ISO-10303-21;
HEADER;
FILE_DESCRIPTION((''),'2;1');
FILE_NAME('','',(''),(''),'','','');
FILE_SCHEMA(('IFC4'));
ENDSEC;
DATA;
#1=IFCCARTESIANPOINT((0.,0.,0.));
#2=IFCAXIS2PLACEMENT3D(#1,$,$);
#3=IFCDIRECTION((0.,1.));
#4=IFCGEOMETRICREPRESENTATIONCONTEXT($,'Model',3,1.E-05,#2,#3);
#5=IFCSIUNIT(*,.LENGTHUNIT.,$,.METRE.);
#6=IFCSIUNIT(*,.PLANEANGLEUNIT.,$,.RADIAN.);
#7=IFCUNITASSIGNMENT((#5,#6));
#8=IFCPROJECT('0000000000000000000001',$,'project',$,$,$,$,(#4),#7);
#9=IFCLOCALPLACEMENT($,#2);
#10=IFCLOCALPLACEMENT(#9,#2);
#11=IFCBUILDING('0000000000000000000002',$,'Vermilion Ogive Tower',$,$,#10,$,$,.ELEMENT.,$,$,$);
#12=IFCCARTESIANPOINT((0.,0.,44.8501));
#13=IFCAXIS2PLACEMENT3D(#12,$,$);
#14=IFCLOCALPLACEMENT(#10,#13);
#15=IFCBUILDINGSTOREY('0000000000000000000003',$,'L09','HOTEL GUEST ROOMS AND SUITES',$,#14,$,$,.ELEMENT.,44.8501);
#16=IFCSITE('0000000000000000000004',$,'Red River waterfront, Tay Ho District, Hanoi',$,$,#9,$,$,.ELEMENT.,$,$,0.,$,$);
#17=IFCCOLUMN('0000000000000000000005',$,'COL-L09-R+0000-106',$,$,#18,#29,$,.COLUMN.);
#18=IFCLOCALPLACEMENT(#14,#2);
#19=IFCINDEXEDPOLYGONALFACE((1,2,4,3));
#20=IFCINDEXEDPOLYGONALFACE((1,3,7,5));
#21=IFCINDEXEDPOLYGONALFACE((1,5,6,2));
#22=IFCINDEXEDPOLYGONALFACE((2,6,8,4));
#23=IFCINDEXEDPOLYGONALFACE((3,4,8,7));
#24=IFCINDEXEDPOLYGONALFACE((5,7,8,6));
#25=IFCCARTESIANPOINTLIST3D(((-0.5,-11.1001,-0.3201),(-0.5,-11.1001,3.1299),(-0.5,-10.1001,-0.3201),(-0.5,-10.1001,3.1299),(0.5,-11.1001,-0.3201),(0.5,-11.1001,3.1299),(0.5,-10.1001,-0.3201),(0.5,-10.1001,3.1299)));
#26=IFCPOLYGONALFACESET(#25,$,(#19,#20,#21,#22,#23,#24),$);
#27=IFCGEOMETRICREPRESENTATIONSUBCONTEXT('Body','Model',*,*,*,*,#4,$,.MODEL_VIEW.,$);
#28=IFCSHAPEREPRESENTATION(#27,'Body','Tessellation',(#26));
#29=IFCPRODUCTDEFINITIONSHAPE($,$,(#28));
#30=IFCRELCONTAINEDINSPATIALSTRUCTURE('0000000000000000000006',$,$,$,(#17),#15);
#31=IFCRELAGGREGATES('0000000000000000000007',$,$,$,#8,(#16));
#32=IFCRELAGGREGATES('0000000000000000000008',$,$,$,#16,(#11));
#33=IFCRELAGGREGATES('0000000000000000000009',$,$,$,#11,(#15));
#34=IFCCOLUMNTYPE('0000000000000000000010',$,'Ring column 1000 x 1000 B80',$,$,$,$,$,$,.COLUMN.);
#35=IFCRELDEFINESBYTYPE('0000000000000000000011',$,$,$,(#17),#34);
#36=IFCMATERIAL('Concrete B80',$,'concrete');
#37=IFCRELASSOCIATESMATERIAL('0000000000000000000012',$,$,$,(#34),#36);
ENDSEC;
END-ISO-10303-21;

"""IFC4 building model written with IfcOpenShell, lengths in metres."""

from ifc_helpers import new_model, si_unit, direction, frame, origin, origin_2d, place, context, subcontext, project, spatial, rectangle, extrude, material, material_profile, profile_set, type_object, element, save


model = new_model("IFC4")

# Units and contexts
model_context = context("Model", 3, precision=1e-05, world=origin(), true_north=direction((0.0, 1.0)))
body_context = subcontext(model_context, "Body", "Model", "MODEL_VIEW")
ifc_project = project(units=[si_unit("LENGTHUNIT", "METRE"), si_unit("PLANEANGLEUNIT", "RADIAN")], contexts=[model_context])

# Site, building, storey
site_placement = place(None, origin())
site = spatial("IfcSite", under=ifc_project, at=site_placement, Name="Red River waterfront, Tay Ho District, Hanoi", CompositionType="ELEMENT", RefElevation=0.0)
building_placement = place(site_placement, origin())
building = spatial("IfcBuilding", under=site, at=building_placement, Name="Vermilion Ogive Tower", CompositionType="ELEMENT")
storey_placement = place(building_placement, frame((0.0, 0.0, 44.8501)))
storey = spatial("IfcBuildingStorey", under=building, at=storey_placement, Name="L09", Description="HOTEL GUEST ROOMS AND SUITES", CompositionType="ELEMENT", Elevation=44.8501)

# Column
ifc_material_1 = material(Name="Concrete B80", Category="concrete")
ifc_material_profile = material_profile(ifc_material_1, rectangle(XDim=1.0, YDim=1.0, at=origin_2d()), Name="1000 x 1000")
ifc_profile_set = profile_set([ifc_material_profile], Name="Concrete B80")
column_type = type_object("IfcColumnType", Name="Ring column 1000 x 1000 B80", PredefinedType="COLUMN", material=ifc_profile_set)
column_placement = place(storey_placement, frame((0.0, -10.6001, -0.3201), z_axis=(0.0, 0.0, 1.0), x_axis=(1.0, 0.0, 0.0)))
element("IfcColumn", 1, at=column_placement, inside=storey, type_object=column_type, Name="COL-L09-R+0000-106", PredefinedType="COLUMN", context=body_context, shape_type="SweptSolid", body=[
    extrude(rectangle(XDim=1.0, YDim=1.0, at=origin_2d()), origin(), (0.0, 0.0, 1.0), 3.45),
])

save(model, "model.ifc")
